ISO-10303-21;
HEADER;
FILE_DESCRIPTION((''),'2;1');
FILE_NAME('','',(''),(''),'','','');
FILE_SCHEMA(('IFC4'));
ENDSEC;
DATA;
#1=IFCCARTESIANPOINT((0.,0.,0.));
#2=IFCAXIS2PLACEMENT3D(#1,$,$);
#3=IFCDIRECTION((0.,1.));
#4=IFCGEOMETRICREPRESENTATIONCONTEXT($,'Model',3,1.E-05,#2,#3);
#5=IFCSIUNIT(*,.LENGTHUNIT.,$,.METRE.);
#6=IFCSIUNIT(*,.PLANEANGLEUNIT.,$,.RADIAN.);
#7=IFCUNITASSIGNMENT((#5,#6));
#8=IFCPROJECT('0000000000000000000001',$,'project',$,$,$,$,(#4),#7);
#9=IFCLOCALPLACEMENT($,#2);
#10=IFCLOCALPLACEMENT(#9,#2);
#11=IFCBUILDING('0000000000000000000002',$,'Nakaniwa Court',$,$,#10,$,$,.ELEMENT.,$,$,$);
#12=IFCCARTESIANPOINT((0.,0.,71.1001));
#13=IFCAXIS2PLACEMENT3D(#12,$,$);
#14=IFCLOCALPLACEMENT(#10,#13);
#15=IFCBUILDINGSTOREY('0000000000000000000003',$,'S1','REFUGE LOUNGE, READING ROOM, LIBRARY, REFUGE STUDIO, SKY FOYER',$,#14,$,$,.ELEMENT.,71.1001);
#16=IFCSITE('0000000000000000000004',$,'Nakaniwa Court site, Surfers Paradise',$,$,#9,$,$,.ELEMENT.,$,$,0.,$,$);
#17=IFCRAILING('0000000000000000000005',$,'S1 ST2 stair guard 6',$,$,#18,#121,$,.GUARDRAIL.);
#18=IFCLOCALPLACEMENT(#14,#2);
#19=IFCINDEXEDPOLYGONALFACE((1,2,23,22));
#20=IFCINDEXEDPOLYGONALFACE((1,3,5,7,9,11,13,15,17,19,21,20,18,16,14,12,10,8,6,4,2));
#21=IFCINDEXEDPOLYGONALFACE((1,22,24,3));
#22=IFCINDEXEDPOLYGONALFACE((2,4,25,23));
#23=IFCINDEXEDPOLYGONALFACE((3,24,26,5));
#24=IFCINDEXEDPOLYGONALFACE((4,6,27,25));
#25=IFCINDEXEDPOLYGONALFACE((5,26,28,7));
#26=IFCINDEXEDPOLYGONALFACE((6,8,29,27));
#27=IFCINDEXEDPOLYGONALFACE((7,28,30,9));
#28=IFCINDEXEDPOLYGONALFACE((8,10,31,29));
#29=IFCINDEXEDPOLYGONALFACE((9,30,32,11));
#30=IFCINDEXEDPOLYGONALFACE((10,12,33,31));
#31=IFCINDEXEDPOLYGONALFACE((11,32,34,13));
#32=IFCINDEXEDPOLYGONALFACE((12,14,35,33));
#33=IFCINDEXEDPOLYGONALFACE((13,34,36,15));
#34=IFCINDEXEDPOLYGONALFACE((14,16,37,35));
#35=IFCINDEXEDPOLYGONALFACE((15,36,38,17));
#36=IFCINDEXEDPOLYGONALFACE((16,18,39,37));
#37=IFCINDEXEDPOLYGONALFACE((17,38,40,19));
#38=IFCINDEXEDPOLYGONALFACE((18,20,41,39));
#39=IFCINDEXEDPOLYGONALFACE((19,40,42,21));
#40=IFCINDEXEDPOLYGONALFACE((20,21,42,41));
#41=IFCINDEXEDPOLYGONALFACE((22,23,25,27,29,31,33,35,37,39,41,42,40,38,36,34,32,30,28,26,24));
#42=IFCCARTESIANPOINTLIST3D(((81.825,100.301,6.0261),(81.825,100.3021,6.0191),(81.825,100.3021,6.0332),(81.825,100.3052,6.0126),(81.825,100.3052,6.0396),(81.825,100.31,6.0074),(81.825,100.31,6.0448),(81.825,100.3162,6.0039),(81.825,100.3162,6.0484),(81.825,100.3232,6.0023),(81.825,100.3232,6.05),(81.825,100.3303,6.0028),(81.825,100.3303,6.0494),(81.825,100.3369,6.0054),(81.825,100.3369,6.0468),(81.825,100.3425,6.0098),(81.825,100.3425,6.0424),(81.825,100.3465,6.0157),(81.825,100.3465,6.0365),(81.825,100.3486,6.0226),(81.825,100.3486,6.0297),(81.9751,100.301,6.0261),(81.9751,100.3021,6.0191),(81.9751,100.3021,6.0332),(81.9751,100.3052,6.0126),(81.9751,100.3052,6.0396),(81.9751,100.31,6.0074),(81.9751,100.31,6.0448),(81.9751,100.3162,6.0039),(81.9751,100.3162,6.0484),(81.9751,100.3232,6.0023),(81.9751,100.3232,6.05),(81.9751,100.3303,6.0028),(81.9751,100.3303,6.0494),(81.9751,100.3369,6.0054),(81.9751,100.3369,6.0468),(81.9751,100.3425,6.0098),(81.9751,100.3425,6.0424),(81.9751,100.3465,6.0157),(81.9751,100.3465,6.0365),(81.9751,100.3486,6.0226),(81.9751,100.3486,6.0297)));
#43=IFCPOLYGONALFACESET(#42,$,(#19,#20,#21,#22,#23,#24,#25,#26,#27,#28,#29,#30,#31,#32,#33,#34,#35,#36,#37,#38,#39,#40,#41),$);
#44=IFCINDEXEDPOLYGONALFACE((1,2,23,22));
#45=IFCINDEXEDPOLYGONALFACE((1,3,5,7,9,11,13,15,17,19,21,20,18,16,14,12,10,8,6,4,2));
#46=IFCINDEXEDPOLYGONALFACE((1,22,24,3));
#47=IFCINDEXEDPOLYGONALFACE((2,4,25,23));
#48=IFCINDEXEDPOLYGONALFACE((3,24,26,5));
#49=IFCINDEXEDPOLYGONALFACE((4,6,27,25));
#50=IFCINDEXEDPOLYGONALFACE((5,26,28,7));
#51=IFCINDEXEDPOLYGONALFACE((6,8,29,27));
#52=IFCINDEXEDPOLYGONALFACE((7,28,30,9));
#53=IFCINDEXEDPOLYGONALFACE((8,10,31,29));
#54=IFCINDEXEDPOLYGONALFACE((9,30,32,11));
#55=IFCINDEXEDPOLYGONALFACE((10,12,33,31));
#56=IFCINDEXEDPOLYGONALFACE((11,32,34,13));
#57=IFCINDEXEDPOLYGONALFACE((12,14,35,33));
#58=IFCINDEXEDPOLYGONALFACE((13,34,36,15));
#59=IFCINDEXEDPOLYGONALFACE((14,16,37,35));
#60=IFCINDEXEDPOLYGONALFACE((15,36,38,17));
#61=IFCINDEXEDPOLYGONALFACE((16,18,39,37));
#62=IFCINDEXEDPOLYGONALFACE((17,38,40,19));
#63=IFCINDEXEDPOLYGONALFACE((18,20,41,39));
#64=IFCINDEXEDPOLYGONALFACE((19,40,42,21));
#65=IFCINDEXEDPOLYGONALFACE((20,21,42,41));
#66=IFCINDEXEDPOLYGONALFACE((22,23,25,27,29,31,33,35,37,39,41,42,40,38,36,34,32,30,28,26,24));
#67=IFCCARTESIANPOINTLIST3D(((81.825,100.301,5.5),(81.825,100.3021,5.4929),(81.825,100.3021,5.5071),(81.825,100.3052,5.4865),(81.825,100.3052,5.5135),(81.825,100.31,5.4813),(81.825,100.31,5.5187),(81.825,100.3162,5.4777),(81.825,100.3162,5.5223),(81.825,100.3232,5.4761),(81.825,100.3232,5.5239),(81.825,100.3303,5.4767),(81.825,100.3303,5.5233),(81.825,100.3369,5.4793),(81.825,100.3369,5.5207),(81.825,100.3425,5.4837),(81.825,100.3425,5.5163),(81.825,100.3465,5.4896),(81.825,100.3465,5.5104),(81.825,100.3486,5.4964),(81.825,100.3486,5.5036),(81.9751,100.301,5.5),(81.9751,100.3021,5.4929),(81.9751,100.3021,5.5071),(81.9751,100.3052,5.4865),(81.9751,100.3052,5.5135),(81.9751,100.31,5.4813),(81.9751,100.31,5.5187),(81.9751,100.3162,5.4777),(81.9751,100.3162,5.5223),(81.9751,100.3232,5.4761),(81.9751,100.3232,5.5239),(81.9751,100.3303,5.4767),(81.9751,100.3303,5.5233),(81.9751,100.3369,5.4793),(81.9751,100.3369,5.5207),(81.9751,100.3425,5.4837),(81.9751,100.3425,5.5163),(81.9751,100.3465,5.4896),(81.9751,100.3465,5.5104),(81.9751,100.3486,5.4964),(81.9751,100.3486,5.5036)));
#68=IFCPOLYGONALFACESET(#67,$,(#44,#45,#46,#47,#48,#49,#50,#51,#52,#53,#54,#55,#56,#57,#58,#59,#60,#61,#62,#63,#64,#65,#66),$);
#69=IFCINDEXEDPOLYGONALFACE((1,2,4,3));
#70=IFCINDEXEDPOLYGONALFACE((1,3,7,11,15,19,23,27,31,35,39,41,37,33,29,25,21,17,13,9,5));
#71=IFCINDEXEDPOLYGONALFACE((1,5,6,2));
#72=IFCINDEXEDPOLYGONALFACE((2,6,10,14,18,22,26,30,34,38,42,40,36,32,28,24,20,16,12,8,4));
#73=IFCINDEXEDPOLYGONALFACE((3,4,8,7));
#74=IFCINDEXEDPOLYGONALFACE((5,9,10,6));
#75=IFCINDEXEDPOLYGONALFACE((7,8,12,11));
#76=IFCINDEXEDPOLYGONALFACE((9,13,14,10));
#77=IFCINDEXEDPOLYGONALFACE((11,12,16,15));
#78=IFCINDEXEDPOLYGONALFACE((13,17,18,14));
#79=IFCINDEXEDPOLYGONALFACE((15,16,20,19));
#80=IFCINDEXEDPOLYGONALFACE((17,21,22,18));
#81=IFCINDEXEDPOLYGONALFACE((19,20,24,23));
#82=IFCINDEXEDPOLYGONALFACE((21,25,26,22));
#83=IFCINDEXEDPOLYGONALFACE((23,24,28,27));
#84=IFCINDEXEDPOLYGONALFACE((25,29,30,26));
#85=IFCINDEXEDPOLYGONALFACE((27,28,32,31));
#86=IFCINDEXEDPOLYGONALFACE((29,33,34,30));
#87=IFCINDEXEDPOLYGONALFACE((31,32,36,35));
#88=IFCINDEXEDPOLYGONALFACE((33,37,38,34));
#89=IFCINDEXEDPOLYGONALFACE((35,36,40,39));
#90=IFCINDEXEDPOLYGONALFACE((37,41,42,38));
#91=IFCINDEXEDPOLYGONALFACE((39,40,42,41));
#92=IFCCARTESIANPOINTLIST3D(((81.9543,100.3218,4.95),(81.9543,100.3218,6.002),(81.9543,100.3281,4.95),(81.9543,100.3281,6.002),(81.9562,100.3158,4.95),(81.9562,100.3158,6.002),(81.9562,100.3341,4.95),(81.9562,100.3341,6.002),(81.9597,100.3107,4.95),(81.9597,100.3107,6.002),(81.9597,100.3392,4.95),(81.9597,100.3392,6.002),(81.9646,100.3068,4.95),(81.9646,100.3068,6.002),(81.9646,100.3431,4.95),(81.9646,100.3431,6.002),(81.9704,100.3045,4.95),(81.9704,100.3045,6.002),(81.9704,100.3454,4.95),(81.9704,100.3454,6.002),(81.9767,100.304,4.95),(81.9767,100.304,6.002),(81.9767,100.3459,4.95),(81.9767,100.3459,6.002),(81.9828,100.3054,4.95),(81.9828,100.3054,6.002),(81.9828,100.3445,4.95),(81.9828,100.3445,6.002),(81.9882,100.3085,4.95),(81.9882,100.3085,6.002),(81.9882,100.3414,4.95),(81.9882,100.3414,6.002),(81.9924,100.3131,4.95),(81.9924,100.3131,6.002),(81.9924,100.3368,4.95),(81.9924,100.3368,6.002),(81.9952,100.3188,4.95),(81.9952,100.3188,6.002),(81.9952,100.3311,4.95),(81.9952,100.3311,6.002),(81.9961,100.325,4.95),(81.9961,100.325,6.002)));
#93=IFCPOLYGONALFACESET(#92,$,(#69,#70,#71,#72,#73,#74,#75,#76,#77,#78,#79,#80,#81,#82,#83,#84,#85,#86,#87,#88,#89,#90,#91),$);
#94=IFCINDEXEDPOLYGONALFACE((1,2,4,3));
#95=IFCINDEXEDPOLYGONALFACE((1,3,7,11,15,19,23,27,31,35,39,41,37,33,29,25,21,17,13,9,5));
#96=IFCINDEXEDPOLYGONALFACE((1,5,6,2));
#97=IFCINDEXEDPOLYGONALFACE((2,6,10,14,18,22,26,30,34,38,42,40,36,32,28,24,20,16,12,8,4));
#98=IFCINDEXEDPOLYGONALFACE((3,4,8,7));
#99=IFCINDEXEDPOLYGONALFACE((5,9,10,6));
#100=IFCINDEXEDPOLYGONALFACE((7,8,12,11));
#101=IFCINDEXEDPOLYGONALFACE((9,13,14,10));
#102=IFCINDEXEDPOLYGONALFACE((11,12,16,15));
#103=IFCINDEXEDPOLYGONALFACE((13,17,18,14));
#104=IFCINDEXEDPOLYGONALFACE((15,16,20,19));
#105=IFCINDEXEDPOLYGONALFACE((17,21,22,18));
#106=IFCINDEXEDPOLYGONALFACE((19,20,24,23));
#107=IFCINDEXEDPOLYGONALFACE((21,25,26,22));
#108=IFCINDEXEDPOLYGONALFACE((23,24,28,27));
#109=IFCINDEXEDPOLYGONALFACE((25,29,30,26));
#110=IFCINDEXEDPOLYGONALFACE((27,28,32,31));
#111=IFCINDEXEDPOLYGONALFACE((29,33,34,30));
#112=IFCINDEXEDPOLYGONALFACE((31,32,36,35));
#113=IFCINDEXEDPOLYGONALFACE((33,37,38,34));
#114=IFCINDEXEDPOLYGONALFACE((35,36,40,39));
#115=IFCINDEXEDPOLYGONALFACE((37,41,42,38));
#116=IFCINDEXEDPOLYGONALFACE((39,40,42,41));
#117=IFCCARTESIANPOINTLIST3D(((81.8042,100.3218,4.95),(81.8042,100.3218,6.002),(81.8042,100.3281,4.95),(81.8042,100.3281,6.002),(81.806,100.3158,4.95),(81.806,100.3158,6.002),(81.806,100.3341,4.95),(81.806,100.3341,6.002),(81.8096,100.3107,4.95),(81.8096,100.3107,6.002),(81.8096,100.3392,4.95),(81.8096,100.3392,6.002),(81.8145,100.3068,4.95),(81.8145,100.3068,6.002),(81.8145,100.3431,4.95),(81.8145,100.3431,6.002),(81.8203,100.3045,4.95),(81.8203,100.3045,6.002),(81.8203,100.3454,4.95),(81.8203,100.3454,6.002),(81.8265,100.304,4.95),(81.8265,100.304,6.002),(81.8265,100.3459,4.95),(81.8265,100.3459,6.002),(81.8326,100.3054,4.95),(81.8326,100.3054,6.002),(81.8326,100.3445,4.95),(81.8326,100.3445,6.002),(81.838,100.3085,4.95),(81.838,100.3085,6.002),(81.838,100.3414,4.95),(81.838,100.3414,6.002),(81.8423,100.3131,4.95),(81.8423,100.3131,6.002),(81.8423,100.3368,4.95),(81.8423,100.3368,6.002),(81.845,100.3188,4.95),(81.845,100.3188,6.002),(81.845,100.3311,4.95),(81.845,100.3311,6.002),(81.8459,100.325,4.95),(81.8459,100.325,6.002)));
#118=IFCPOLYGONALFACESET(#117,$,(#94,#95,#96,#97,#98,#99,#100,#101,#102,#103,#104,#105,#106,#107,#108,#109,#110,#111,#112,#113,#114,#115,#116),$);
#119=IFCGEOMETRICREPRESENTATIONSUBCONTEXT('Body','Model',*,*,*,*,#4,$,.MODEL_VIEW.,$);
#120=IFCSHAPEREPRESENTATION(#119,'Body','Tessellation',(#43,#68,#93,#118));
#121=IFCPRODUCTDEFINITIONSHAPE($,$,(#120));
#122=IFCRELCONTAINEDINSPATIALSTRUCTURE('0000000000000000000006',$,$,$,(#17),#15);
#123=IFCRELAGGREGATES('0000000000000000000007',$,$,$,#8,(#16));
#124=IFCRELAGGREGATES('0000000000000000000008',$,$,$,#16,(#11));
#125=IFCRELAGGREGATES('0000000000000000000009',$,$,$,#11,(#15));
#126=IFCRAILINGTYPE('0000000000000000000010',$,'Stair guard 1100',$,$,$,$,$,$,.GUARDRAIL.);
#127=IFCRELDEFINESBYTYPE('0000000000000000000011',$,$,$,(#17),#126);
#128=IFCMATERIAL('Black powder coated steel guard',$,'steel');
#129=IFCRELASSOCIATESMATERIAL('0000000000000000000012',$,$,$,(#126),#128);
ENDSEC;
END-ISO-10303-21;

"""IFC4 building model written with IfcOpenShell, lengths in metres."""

from ifc_helpers import new_model, si_unit, direction, frame, origin, origin_2d, place, context, subcontext, project, spatial, circle, extrude, material, type_object, element, save


model = new_model("IFC4")

# Units and contexts
model_context = context("Model", 3, precision=1e-05, world=origin(), true_north=direction((0.0, 1.0)))
body_context = subcontext(model_context, "Body", "Model", "MODEL_VIEW")
ifc_project = project(units=[si_unit("LENGTHUNIT", "METRE"), si_unit("PLANEANGLEUNIT", "RADIAN")], contexts=[model_context])

# Site, building, storey
site_placement = place(None, origin())
site = spatial("IfcSite", under=ifc_project, at=site_placement, Name="Nakaniwa Court site, Surfers Paradise", CompositionType="ELEMENT", RefElevation=0.0)
building_placement = place(site_placement, origin())
building = spatial("IfcBuilding", under=site, at=building_placement, Name="Nakaniwa Court", CompositionType="ELEMENT")
storey_placement = place(building_placement, frame((0.0, 0.0, 71.1001)))
storey = spatial("IfcBuildingStorey", under=building, at=storey_placement, Name="S1", Description="REFUGE LOUNGE, READING ROOM, LIBRARY, REFUGE STUDIO, SKY FOYER", CompositionType="ELEMENT", Elevation=71.1001)

# Railing
ifc_material_1 = material(Name="Black powder coated steel guard", Category="steel")
railing_type_1 = type_object("IfcRailingType", Name="Stair guard 1100", PredefinedType="GUARDRAIL", material=ifc_material_1)
railing_1_placement = place(storey_placement, frame((81.9751, 100.325, 4.95)))
element("IfcRailing", 1, at=railing_1_placement, inside=storey, type_object=railing_type_1, Name="S1 ST2 stair guard 6", PredefinedType="GUARDRAIL", context=body_context, shape_type="SweptSolid", body=[
    extrude(circle(Radius=0.0239, at=origin_2d()), frame((0.0, 0.0, 1.0762), z_axis=(-1.0, 0.0, 0.0), x_axis=(0.0, -1.0, 0.0)), (0.0, 0.0, 1.0), 0.1501),
    extrude(circle(Radius=0.0239, at=origin_2d()), frame((0.0, 0.0, 0.55), z_axis=(-1.0, 0.0, 0.0), x_axis=(0.0, -1.0, 0.0)), (0.0, 0.0, 1.0), 0.1501),
    extrude(circle(Radius=0.021, at=origin_2d()), origin(), (0.0, 0.0, 1.0), 1.052),
    extrude(circle(Radius=0.021, at=origin_2d()), frame((-0.1501, 0.0, 0.0)), (0.0, 0.0, 1.0), 1.052),
])

save(model, "model.ifc")
